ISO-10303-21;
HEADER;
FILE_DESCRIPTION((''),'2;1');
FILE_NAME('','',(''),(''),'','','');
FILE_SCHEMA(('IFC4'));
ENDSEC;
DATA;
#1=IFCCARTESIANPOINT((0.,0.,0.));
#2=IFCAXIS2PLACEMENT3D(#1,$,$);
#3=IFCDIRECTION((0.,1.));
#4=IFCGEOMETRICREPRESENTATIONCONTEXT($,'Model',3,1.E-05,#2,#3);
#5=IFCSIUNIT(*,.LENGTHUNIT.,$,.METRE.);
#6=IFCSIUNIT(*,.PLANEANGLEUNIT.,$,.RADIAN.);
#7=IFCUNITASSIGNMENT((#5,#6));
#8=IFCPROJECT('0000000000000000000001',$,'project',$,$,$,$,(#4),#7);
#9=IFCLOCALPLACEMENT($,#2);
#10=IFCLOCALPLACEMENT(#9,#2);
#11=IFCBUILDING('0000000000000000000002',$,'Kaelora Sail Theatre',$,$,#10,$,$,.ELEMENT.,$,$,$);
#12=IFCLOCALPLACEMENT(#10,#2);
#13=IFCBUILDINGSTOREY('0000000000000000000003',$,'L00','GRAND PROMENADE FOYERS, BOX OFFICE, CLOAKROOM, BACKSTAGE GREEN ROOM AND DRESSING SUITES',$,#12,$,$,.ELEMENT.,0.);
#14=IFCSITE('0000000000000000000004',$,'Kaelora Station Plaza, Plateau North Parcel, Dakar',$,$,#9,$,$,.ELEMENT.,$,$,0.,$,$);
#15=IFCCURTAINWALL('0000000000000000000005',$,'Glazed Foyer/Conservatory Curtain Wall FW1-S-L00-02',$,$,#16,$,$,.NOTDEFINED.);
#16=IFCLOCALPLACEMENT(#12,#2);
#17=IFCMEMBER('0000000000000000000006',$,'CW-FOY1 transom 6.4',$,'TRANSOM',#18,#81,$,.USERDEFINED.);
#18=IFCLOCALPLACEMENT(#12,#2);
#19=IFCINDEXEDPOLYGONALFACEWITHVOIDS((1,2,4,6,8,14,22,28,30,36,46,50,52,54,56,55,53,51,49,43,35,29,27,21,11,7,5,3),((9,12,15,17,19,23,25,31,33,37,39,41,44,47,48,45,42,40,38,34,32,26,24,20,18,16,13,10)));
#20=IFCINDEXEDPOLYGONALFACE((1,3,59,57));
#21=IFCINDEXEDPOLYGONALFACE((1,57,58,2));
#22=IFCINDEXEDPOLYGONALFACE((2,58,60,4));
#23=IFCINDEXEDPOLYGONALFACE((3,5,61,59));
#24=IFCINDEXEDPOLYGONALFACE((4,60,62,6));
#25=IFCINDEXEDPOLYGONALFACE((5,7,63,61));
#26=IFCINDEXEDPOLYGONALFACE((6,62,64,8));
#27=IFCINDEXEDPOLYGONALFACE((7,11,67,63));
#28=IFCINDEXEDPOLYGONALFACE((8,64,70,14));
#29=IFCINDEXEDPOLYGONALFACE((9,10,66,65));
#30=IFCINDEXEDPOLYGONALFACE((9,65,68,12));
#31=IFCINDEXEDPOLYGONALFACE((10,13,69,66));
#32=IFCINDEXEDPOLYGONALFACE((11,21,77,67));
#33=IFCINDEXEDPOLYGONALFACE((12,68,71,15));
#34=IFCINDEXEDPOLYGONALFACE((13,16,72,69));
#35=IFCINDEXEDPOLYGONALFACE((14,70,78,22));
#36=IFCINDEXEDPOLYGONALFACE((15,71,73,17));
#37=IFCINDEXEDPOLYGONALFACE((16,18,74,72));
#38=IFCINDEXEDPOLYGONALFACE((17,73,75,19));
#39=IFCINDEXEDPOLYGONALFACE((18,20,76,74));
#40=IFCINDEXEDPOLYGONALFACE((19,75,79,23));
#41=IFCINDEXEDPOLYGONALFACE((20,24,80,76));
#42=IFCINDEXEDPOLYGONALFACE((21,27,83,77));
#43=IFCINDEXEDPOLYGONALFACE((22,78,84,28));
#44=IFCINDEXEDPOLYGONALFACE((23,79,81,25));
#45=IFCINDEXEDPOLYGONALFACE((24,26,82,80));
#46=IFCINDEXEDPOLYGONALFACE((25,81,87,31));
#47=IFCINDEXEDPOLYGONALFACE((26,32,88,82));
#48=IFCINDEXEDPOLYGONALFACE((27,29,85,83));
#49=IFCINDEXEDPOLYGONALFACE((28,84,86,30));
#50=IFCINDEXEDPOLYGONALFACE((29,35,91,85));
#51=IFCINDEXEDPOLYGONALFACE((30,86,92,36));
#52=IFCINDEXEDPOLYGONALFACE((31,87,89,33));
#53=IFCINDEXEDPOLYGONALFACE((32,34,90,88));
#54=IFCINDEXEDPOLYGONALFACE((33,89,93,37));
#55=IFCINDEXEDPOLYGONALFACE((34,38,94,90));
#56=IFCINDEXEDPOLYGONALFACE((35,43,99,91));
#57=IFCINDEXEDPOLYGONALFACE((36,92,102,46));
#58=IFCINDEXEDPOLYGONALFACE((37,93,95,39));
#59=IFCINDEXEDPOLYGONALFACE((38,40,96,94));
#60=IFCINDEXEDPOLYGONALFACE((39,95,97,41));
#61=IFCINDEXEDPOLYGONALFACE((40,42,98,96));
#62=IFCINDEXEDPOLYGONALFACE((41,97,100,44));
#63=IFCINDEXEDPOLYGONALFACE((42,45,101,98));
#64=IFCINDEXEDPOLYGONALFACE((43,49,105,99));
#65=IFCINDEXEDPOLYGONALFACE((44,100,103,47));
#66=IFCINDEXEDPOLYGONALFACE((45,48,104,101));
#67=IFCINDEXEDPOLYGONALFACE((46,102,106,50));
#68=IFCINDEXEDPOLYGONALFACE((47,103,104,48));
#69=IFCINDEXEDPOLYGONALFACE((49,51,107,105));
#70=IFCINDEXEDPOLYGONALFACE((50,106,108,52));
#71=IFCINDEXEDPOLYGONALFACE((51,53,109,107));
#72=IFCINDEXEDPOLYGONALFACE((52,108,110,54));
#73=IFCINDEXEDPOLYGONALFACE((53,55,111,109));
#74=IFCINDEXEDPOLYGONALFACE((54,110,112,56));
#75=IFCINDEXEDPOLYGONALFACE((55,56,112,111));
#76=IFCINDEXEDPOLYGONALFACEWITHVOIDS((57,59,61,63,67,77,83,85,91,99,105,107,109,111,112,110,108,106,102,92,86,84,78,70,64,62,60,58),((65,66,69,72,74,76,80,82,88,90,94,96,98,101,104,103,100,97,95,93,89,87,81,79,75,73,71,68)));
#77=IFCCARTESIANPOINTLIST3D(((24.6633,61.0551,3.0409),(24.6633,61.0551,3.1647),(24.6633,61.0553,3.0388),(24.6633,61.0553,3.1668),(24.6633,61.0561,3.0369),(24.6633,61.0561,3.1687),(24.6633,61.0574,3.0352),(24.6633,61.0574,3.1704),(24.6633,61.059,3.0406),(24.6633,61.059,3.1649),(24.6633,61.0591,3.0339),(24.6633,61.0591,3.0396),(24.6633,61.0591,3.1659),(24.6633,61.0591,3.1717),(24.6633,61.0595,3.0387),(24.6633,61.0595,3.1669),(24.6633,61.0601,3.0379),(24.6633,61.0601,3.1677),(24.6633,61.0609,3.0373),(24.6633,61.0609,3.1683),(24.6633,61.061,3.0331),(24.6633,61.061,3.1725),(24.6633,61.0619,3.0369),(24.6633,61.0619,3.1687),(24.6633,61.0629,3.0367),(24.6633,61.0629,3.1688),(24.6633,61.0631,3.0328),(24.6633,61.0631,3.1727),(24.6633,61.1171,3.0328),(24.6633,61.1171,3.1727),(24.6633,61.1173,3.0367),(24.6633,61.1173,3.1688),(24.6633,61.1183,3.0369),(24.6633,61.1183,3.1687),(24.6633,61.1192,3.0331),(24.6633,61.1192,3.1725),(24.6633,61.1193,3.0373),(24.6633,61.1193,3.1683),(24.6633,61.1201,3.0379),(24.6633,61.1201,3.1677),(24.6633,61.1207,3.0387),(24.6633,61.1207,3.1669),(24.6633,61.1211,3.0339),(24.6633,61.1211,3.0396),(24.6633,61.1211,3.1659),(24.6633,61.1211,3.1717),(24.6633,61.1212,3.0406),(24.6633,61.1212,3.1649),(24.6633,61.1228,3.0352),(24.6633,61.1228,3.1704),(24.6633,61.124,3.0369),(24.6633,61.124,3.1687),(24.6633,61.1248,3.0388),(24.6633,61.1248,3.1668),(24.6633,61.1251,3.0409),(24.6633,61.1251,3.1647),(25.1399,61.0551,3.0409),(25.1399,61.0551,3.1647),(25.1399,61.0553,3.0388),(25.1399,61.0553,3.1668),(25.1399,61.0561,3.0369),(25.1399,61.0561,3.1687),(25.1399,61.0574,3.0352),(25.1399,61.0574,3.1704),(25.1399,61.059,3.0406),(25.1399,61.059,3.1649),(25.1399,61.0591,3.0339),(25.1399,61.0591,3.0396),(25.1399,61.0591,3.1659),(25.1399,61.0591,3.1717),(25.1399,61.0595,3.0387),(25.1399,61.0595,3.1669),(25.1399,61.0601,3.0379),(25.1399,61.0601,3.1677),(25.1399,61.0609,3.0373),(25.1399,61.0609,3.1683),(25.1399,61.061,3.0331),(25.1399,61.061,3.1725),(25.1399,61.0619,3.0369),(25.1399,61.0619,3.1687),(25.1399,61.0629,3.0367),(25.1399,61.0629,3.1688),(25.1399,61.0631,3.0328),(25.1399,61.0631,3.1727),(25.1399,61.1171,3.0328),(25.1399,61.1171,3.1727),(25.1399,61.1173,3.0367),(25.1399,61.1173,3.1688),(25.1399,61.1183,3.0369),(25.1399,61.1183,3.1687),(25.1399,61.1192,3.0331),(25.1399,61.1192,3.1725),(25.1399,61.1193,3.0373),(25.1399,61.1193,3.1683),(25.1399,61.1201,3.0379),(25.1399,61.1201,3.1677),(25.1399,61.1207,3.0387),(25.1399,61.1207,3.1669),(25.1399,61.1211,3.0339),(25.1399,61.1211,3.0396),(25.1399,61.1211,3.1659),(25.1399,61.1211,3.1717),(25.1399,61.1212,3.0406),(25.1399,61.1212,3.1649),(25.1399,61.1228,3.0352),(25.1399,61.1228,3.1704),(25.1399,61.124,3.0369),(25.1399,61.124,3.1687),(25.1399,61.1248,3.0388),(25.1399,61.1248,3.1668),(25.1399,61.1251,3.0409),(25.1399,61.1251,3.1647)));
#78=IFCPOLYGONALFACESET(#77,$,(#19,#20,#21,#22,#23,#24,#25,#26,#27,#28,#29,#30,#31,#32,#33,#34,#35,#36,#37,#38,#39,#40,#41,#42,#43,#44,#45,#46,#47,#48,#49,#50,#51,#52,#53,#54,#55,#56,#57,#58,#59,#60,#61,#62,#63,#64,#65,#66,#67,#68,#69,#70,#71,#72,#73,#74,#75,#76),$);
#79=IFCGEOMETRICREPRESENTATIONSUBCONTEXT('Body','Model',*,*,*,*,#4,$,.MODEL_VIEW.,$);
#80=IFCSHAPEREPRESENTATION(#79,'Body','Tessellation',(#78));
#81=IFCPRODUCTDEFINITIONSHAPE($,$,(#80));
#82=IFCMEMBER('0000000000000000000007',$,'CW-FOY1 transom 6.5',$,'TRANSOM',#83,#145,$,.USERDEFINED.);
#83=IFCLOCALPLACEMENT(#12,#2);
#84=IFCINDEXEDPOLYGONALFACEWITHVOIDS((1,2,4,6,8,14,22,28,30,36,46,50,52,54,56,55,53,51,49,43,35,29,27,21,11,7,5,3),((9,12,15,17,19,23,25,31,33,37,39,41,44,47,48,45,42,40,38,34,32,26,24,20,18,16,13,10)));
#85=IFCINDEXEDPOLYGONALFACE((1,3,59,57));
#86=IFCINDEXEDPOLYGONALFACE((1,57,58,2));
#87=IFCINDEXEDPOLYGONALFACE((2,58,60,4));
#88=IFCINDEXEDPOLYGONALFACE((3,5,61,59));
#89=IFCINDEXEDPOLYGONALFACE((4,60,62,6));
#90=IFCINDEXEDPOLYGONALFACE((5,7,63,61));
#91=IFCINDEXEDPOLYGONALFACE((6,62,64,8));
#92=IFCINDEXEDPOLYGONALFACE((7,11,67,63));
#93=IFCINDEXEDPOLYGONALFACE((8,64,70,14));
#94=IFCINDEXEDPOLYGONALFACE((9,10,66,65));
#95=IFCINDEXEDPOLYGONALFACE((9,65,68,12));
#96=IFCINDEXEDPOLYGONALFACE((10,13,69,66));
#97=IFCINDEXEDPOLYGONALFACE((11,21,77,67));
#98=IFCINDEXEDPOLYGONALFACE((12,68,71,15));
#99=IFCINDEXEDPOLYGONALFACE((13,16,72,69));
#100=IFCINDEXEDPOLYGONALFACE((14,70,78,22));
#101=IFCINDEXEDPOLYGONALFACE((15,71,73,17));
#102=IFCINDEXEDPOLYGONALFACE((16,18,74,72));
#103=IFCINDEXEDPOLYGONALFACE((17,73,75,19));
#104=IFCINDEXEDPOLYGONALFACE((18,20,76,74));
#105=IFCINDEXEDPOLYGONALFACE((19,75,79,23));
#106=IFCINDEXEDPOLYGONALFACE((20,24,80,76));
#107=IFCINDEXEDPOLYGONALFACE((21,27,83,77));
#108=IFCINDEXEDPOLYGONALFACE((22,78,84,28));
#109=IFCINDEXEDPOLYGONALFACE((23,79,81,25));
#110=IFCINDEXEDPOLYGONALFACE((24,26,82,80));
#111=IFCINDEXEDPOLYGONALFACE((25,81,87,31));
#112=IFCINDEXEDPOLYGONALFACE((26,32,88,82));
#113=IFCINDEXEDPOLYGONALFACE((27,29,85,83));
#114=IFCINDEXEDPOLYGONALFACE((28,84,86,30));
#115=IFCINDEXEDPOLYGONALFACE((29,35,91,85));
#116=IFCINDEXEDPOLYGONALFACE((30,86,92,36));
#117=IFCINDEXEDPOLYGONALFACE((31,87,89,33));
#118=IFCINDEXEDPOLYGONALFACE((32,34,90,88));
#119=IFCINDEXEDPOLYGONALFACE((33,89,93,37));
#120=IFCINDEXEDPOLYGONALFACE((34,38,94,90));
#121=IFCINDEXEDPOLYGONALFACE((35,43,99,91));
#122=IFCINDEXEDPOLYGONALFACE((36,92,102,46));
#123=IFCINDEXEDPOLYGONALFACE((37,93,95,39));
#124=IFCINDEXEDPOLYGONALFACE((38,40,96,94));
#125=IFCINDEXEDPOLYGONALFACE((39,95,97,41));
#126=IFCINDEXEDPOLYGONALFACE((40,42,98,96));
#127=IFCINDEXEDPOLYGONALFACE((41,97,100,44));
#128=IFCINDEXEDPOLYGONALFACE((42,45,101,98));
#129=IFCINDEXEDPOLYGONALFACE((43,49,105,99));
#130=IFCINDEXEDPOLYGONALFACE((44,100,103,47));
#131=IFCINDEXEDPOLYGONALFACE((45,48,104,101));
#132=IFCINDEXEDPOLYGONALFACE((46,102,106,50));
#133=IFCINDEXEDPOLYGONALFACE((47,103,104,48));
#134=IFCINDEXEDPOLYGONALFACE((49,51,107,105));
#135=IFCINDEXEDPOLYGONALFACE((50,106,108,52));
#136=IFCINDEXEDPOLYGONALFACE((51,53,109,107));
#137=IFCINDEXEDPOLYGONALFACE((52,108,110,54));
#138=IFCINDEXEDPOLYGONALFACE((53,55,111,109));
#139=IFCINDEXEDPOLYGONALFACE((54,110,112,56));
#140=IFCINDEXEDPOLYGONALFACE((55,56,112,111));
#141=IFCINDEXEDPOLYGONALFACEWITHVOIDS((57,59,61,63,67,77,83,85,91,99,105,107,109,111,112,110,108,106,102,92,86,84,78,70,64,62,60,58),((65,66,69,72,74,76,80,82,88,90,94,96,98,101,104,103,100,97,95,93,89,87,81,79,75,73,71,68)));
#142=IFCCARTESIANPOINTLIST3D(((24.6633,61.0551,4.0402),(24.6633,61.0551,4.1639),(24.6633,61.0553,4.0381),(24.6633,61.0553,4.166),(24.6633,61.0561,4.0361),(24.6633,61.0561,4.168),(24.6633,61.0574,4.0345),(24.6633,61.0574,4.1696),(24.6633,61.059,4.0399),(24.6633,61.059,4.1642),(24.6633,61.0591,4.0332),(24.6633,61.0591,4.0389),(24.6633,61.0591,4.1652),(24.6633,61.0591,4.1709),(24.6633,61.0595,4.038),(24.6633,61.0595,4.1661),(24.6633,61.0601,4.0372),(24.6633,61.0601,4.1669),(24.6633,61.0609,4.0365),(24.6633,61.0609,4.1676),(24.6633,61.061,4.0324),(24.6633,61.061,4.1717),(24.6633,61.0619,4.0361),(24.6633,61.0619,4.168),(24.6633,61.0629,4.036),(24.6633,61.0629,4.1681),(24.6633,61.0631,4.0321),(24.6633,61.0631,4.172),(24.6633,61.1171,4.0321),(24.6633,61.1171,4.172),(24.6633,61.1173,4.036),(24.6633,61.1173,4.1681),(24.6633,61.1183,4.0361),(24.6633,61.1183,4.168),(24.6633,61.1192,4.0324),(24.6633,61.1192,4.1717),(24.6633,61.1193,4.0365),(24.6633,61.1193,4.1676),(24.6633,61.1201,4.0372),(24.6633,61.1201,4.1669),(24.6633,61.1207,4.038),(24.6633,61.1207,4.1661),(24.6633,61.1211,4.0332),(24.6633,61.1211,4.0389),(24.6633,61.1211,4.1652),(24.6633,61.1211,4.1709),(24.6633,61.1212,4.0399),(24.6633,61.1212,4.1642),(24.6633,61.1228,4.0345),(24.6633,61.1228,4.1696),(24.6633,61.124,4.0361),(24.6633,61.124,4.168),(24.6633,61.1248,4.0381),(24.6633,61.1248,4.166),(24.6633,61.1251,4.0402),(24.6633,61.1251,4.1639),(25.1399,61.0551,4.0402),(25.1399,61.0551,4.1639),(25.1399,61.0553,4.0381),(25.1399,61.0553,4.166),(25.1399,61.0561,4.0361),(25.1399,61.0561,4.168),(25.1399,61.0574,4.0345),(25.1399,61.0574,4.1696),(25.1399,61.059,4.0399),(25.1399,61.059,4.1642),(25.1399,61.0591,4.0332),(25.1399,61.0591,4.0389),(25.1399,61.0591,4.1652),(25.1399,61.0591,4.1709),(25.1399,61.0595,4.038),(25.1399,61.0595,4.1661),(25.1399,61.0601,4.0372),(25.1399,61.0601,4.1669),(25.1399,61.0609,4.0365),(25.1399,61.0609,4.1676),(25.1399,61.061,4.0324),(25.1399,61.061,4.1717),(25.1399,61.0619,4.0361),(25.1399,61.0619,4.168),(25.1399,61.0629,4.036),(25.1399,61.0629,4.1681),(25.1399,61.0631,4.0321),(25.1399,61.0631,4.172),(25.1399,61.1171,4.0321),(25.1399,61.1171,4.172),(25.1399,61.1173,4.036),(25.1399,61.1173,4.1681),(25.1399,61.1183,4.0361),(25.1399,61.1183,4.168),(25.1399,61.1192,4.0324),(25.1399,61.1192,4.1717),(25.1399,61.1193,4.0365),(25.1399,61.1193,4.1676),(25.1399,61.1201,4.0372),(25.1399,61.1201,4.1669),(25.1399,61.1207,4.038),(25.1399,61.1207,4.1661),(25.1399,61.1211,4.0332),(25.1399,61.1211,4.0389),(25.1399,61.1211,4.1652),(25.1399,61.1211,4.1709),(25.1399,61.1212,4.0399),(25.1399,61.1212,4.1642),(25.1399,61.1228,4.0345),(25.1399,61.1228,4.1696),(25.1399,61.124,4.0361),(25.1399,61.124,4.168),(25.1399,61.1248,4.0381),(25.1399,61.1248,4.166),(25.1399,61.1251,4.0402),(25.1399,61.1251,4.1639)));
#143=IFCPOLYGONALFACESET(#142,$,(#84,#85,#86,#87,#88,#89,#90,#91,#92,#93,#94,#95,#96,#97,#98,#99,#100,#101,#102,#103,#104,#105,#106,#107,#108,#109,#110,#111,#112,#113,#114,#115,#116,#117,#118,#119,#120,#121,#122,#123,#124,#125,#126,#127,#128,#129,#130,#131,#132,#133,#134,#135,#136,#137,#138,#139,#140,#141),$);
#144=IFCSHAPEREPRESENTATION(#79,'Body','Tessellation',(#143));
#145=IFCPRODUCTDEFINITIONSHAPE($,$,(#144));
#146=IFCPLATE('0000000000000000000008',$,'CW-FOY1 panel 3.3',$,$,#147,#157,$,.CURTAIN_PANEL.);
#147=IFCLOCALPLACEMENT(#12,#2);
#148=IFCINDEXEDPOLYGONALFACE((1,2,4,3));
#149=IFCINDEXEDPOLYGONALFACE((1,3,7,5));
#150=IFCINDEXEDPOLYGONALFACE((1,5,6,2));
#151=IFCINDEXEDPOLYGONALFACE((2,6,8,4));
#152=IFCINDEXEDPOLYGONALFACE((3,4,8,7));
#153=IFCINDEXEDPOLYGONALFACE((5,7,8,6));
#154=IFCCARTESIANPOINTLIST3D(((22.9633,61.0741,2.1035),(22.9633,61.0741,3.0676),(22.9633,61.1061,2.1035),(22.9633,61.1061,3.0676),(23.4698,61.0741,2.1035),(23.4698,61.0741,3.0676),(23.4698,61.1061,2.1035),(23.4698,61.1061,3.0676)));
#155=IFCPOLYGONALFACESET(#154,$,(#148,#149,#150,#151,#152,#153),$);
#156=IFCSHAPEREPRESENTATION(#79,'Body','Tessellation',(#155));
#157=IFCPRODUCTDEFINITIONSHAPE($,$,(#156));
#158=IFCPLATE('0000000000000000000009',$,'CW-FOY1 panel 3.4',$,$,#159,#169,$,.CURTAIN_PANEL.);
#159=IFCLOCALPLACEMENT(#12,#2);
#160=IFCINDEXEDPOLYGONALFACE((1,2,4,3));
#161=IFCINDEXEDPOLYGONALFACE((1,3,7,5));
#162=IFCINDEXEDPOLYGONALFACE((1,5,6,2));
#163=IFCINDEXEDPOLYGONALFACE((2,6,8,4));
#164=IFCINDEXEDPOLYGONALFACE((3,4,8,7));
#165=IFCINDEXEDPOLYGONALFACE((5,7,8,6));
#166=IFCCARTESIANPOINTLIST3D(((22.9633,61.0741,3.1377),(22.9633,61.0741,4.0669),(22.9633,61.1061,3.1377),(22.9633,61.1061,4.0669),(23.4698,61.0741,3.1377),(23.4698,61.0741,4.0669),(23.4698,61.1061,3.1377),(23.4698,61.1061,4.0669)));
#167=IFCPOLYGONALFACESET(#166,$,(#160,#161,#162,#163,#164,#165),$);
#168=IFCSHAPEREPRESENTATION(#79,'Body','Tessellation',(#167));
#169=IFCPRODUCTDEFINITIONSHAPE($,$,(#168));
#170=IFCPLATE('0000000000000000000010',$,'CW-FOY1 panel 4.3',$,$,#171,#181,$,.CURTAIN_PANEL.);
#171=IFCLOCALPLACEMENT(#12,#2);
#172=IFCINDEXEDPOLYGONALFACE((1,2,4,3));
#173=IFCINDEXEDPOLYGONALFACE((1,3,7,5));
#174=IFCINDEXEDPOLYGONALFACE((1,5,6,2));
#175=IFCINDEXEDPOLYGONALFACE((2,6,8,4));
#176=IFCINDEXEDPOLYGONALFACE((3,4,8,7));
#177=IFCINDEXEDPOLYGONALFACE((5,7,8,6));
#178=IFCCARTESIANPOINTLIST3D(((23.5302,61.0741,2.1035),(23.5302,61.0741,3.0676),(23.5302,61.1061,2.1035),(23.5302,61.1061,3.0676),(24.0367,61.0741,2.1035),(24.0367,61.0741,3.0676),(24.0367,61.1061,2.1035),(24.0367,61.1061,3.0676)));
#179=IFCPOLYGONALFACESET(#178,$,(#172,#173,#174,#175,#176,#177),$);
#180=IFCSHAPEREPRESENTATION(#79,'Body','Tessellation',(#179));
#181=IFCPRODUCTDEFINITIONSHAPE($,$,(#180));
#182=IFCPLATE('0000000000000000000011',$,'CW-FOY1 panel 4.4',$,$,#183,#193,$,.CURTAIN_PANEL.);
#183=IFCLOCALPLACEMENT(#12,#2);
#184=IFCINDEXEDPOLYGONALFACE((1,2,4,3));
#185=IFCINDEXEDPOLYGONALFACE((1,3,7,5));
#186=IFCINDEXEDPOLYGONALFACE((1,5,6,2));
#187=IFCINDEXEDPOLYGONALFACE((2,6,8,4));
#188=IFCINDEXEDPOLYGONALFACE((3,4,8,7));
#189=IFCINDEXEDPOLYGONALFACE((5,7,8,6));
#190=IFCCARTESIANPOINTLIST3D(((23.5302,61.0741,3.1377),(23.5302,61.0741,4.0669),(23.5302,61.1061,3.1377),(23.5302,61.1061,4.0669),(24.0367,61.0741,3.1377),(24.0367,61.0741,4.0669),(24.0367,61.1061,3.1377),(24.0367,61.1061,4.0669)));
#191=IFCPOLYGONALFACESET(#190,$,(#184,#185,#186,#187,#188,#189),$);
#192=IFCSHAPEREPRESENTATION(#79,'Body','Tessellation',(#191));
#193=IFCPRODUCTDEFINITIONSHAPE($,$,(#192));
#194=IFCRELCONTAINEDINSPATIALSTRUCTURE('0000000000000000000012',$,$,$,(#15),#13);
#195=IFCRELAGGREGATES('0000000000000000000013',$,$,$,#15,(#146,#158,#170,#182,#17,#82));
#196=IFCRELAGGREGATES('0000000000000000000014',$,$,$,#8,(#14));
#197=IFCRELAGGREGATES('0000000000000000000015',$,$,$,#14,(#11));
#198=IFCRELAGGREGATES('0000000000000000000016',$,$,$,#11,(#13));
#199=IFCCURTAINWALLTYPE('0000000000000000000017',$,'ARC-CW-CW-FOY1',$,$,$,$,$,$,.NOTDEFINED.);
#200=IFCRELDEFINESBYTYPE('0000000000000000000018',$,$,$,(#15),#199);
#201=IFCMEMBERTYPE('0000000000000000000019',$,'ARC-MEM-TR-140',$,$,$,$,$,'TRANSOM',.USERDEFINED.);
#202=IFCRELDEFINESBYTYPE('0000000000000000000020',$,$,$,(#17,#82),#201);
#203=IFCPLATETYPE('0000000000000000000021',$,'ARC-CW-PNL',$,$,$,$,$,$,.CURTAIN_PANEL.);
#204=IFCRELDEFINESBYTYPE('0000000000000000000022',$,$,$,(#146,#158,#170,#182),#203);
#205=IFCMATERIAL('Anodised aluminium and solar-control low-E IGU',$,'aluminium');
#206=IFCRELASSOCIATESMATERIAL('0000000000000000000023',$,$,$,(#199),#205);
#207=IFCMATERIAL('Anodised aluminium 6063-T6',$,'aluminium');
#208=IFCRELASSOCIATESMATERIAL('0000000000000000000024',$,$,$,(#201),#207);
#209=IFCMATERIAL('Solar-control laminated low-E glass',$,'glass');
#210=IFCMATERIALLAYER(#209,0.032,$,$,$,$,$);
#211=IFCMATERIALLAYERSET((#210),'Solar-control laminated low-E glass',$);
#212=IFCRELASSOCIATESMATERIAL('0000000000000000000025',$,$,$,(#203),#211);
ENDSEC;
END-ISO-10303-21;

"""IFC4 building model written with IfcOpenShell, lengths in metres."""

from ifc_helpers import new_model, si_unit, direction, frame, origin, origin_2d, place, context, subcontext, project, spatial, rectangle, hollow_rectangle, extrude, material, layer, layer_set, material_profile, profile_set, type_object, element, aggregate, save


model = new_model("IFC4")

# Units and contexts
model_context = context("Model", 3, precision=1e-05, world=origin(), true_north=direction((0.0, 1.0)))
body_context = subcontext(model_context, "Body", "Model", "MODEL_VIEW")
ifc_project = project(units=[si_unit("LENGTHUNIT", "METRE"), si_unit("PLANEANGLEUNIT", "RADIAN")], contexts=[model_context])

# Site, building, storey
site_placement = place(None, origin())
site = spatial("IfcSite", under=ifc_project, at=site_placement, Name="Kaelora Station Plaza, Plateau North Parcel, Dakar", CompositionType="ELEMENT", RefElevation=0.0)
building_placement = place(site_placement, origin())
building = spatial("IfcBuilding", under=site, at=building_placement, Name="Kaelora Sail Theatre", CompositionType="ELEMENT")
storey_placement = place(building_placement, origin())
storey = spatial("IfcBuildingStorey", under=building, at=storey_placement, Name="L00", Description="GRAND PROMENADE FOYERS, BOX OFFICE, CLOAKROOM, BACKSTAGE GREEN ROOM AND DRESSING SUITES", CompositionType="ELEMENT", Elevation=0.0)

# Curtain wall, members, plates
ifc_material_1 = material(Name="Anodised aluminium and solar-control low-E IGU", Category="aluminium")
curtain_wall_type = type_object("IfcCurtainWallType", Name="ARC-CW-CW-FOY1", PredefinedType="NOTDEFINED", material=ifc_material_1)
curtain_wall_placement = place(storey_placement, origin())
curtain_wall = element("IfcCurtainWall", 1, at=curtain_wall_placement, inside=storey, type_object=curtain_wall_type, Name="Glazed Foyer/Conservatory Curtain Wall FW1-S-L00-02", PredefinedType="NOTDEFINED")
ifc_material_2 = material(Name="Anodised aluminium 6063-T6", Category="aluminium")
ifc_material_profile = material_profile(ifc_material_2, hollow_rectangle(XDim=0.0701, YDim=0.1399, WallThickness=0.0039, InnerFilletRadius=0.0039, OuterFilletRadius=0.0081, at=origin_2d()), Name="ALU-TRAN 70x140x4")
ifc_profile_set = profile_set([ifc_material_profile], Name="Anodised aluminium 6063-T6")
member_type = type_object("IfcMemberType", Name="ARC-MEM-TR-140", ElementType="TRANSOM", PredefinedType="USERDEFINED", material=ifc_profile_set)
member_1_placement = place(storey_placement, frame((24.6633, 61.0901, 3.1028), z_axis=(1.0, 0.0, 0.0), x_axis=(0.0, 1.0, 0.0)))
member_1 = element("IfcMember", 2, at=member_1_placement, type_object=member_type, Name="CW-FOY1 transom 6.4", ObjectType="TRANSOM", PredefinedType="USERDEFINED", context=body_context, shape_type="SweptSolid", body=[
    extrude(hollow_rectangle(XDim=0.0701, YDim=0.1399, WallThickness=0.0039, InnerFilletRadius=0.0039, OuterFilletRadius=0.0081, at=origin_2d()), origin(), (0.0, 0.0, 1.0), 0.4766),
])
member_2_placement = place(storey_placement, frame((24.6633, 61.0901, 4.1021), z_axis=(1.0, 0.0, 0.0), x_axis=(0.0, 1.0, 0.0)))
member_2 = element("IfcMember", 3, at=member_2_placement, type_object=member_type, Name="CW-FOY1 transom 6.5", ObjectType="TRANSOM", PredefinedType="USERDEFINED", context=body_context, shape_type="SweptSolid", body=[
    extrude(hollow_rectangle(XDim=0.0701, YDim=0.1399, WallThickness=0.0039, InnerFilletRadius=0.0039, OuterFilletRadius=0.0081, at=origin_2d()), origin(), (0.0, 0.0, 1.0), 0.4766),
])
ifc_material_3 = material(Name="Solar-control laminated low-E glass", Category="glass")
ifc_layer = layer(ifc_material_3, 0.032)
ifc_layer_set = layer_set([ifc_layer], Name="Solar-control laminated low-E glass")
plate_type = type_object("IfcPlateType", Name="ARC-CW-PNL", PredefinedType="CURTAIN_PANEL", material=ifc_layer_set)
plate_1_placement = place(storey_placement, frame((23.2166, 61.0901, 2.1035), z_axis=(0.0, 0.0, 1.0), x_axis=(1.0, 0.0, 0.0)))
plate_1 = element("IfcPlate", 4, at=plate_1_placement, type_object=plate_type, Name="CW-FOY1 panel 3.3", PredefinedType="CURTAIN_PANEL", context=body_context, shape_type="SweptSolid", body=[
    extrude(rectangle(XDim=0.5066, YDim=0.032, at=origin_2d()), origin(), (0.0, 0.0, 1.0), 0.9641),
])
plate_2_placement = place(storey_placement, frame((23.2166, 61.0901, 3.1377), z_axis=(0.0, 0.0, 1.0), x_axis=(1.0, 0.0, 0.0)))
plate_2 = element("IfcPlate", 5, at=plate_2_placement, type_object=plate_type, Name="CW-FOY1 panel 3.4", PredefinedType="CURTAIN_PANEL", context=body_context, shape_type="SweptSolid", body=[
    extrude(rectangle(XDim=0.5066, YDim=0.032, at=origin_2d()), origin(), (0.0, 0.0, 1.0), 0.9292),
])
plate_3_placement = place(storey_placement, frame((23.7834, 61.0901, 2.1035), z_axis=(0.0, 0.0, 1.0), x_axis=(1.0, 0.0, 0.0)))
plate_3 = element("IfcPlate", 6, at=plate_3_placement, type_object=plate_type, Name="CW-FOY1 panel 4.3", PredefinedType="CURTAIN_PANEL", context=body_context, shape_type="SweptSolid", body=[
    extrude(rectangle(XDim=0.5066, YDim=0.032, at=origin_2d()), origin(), (0.0, 0.0, 1.0), 0.9641),
])
plate_4_placement = place(storey_placement, frame((23.7834, 61.0901, 3.1377), z_axis=(0.0, 0.0, 1.0), x_axis=(1.0, 0.0, 0.0)))
plate_4 = element("IfcPlate", 7, at=plate_4_placement, type_object=plate_type, Name="CW-FOY1 panel 4.4", PredefinedType="CURTAIN_PANEL", context=body_context, shape_type="SweptSolid", body=[
    extrude(rectangle(XDim=0.5066, YDim=0.032, at=origin_2d()), origin(), (0.0, 0.0, 1.0), 0.9292),
])
aggregate(curtain_wall, [plate_1, plate_2, plate_3, plate_4, member_1, member_2])

save(model, "model.ifc")
